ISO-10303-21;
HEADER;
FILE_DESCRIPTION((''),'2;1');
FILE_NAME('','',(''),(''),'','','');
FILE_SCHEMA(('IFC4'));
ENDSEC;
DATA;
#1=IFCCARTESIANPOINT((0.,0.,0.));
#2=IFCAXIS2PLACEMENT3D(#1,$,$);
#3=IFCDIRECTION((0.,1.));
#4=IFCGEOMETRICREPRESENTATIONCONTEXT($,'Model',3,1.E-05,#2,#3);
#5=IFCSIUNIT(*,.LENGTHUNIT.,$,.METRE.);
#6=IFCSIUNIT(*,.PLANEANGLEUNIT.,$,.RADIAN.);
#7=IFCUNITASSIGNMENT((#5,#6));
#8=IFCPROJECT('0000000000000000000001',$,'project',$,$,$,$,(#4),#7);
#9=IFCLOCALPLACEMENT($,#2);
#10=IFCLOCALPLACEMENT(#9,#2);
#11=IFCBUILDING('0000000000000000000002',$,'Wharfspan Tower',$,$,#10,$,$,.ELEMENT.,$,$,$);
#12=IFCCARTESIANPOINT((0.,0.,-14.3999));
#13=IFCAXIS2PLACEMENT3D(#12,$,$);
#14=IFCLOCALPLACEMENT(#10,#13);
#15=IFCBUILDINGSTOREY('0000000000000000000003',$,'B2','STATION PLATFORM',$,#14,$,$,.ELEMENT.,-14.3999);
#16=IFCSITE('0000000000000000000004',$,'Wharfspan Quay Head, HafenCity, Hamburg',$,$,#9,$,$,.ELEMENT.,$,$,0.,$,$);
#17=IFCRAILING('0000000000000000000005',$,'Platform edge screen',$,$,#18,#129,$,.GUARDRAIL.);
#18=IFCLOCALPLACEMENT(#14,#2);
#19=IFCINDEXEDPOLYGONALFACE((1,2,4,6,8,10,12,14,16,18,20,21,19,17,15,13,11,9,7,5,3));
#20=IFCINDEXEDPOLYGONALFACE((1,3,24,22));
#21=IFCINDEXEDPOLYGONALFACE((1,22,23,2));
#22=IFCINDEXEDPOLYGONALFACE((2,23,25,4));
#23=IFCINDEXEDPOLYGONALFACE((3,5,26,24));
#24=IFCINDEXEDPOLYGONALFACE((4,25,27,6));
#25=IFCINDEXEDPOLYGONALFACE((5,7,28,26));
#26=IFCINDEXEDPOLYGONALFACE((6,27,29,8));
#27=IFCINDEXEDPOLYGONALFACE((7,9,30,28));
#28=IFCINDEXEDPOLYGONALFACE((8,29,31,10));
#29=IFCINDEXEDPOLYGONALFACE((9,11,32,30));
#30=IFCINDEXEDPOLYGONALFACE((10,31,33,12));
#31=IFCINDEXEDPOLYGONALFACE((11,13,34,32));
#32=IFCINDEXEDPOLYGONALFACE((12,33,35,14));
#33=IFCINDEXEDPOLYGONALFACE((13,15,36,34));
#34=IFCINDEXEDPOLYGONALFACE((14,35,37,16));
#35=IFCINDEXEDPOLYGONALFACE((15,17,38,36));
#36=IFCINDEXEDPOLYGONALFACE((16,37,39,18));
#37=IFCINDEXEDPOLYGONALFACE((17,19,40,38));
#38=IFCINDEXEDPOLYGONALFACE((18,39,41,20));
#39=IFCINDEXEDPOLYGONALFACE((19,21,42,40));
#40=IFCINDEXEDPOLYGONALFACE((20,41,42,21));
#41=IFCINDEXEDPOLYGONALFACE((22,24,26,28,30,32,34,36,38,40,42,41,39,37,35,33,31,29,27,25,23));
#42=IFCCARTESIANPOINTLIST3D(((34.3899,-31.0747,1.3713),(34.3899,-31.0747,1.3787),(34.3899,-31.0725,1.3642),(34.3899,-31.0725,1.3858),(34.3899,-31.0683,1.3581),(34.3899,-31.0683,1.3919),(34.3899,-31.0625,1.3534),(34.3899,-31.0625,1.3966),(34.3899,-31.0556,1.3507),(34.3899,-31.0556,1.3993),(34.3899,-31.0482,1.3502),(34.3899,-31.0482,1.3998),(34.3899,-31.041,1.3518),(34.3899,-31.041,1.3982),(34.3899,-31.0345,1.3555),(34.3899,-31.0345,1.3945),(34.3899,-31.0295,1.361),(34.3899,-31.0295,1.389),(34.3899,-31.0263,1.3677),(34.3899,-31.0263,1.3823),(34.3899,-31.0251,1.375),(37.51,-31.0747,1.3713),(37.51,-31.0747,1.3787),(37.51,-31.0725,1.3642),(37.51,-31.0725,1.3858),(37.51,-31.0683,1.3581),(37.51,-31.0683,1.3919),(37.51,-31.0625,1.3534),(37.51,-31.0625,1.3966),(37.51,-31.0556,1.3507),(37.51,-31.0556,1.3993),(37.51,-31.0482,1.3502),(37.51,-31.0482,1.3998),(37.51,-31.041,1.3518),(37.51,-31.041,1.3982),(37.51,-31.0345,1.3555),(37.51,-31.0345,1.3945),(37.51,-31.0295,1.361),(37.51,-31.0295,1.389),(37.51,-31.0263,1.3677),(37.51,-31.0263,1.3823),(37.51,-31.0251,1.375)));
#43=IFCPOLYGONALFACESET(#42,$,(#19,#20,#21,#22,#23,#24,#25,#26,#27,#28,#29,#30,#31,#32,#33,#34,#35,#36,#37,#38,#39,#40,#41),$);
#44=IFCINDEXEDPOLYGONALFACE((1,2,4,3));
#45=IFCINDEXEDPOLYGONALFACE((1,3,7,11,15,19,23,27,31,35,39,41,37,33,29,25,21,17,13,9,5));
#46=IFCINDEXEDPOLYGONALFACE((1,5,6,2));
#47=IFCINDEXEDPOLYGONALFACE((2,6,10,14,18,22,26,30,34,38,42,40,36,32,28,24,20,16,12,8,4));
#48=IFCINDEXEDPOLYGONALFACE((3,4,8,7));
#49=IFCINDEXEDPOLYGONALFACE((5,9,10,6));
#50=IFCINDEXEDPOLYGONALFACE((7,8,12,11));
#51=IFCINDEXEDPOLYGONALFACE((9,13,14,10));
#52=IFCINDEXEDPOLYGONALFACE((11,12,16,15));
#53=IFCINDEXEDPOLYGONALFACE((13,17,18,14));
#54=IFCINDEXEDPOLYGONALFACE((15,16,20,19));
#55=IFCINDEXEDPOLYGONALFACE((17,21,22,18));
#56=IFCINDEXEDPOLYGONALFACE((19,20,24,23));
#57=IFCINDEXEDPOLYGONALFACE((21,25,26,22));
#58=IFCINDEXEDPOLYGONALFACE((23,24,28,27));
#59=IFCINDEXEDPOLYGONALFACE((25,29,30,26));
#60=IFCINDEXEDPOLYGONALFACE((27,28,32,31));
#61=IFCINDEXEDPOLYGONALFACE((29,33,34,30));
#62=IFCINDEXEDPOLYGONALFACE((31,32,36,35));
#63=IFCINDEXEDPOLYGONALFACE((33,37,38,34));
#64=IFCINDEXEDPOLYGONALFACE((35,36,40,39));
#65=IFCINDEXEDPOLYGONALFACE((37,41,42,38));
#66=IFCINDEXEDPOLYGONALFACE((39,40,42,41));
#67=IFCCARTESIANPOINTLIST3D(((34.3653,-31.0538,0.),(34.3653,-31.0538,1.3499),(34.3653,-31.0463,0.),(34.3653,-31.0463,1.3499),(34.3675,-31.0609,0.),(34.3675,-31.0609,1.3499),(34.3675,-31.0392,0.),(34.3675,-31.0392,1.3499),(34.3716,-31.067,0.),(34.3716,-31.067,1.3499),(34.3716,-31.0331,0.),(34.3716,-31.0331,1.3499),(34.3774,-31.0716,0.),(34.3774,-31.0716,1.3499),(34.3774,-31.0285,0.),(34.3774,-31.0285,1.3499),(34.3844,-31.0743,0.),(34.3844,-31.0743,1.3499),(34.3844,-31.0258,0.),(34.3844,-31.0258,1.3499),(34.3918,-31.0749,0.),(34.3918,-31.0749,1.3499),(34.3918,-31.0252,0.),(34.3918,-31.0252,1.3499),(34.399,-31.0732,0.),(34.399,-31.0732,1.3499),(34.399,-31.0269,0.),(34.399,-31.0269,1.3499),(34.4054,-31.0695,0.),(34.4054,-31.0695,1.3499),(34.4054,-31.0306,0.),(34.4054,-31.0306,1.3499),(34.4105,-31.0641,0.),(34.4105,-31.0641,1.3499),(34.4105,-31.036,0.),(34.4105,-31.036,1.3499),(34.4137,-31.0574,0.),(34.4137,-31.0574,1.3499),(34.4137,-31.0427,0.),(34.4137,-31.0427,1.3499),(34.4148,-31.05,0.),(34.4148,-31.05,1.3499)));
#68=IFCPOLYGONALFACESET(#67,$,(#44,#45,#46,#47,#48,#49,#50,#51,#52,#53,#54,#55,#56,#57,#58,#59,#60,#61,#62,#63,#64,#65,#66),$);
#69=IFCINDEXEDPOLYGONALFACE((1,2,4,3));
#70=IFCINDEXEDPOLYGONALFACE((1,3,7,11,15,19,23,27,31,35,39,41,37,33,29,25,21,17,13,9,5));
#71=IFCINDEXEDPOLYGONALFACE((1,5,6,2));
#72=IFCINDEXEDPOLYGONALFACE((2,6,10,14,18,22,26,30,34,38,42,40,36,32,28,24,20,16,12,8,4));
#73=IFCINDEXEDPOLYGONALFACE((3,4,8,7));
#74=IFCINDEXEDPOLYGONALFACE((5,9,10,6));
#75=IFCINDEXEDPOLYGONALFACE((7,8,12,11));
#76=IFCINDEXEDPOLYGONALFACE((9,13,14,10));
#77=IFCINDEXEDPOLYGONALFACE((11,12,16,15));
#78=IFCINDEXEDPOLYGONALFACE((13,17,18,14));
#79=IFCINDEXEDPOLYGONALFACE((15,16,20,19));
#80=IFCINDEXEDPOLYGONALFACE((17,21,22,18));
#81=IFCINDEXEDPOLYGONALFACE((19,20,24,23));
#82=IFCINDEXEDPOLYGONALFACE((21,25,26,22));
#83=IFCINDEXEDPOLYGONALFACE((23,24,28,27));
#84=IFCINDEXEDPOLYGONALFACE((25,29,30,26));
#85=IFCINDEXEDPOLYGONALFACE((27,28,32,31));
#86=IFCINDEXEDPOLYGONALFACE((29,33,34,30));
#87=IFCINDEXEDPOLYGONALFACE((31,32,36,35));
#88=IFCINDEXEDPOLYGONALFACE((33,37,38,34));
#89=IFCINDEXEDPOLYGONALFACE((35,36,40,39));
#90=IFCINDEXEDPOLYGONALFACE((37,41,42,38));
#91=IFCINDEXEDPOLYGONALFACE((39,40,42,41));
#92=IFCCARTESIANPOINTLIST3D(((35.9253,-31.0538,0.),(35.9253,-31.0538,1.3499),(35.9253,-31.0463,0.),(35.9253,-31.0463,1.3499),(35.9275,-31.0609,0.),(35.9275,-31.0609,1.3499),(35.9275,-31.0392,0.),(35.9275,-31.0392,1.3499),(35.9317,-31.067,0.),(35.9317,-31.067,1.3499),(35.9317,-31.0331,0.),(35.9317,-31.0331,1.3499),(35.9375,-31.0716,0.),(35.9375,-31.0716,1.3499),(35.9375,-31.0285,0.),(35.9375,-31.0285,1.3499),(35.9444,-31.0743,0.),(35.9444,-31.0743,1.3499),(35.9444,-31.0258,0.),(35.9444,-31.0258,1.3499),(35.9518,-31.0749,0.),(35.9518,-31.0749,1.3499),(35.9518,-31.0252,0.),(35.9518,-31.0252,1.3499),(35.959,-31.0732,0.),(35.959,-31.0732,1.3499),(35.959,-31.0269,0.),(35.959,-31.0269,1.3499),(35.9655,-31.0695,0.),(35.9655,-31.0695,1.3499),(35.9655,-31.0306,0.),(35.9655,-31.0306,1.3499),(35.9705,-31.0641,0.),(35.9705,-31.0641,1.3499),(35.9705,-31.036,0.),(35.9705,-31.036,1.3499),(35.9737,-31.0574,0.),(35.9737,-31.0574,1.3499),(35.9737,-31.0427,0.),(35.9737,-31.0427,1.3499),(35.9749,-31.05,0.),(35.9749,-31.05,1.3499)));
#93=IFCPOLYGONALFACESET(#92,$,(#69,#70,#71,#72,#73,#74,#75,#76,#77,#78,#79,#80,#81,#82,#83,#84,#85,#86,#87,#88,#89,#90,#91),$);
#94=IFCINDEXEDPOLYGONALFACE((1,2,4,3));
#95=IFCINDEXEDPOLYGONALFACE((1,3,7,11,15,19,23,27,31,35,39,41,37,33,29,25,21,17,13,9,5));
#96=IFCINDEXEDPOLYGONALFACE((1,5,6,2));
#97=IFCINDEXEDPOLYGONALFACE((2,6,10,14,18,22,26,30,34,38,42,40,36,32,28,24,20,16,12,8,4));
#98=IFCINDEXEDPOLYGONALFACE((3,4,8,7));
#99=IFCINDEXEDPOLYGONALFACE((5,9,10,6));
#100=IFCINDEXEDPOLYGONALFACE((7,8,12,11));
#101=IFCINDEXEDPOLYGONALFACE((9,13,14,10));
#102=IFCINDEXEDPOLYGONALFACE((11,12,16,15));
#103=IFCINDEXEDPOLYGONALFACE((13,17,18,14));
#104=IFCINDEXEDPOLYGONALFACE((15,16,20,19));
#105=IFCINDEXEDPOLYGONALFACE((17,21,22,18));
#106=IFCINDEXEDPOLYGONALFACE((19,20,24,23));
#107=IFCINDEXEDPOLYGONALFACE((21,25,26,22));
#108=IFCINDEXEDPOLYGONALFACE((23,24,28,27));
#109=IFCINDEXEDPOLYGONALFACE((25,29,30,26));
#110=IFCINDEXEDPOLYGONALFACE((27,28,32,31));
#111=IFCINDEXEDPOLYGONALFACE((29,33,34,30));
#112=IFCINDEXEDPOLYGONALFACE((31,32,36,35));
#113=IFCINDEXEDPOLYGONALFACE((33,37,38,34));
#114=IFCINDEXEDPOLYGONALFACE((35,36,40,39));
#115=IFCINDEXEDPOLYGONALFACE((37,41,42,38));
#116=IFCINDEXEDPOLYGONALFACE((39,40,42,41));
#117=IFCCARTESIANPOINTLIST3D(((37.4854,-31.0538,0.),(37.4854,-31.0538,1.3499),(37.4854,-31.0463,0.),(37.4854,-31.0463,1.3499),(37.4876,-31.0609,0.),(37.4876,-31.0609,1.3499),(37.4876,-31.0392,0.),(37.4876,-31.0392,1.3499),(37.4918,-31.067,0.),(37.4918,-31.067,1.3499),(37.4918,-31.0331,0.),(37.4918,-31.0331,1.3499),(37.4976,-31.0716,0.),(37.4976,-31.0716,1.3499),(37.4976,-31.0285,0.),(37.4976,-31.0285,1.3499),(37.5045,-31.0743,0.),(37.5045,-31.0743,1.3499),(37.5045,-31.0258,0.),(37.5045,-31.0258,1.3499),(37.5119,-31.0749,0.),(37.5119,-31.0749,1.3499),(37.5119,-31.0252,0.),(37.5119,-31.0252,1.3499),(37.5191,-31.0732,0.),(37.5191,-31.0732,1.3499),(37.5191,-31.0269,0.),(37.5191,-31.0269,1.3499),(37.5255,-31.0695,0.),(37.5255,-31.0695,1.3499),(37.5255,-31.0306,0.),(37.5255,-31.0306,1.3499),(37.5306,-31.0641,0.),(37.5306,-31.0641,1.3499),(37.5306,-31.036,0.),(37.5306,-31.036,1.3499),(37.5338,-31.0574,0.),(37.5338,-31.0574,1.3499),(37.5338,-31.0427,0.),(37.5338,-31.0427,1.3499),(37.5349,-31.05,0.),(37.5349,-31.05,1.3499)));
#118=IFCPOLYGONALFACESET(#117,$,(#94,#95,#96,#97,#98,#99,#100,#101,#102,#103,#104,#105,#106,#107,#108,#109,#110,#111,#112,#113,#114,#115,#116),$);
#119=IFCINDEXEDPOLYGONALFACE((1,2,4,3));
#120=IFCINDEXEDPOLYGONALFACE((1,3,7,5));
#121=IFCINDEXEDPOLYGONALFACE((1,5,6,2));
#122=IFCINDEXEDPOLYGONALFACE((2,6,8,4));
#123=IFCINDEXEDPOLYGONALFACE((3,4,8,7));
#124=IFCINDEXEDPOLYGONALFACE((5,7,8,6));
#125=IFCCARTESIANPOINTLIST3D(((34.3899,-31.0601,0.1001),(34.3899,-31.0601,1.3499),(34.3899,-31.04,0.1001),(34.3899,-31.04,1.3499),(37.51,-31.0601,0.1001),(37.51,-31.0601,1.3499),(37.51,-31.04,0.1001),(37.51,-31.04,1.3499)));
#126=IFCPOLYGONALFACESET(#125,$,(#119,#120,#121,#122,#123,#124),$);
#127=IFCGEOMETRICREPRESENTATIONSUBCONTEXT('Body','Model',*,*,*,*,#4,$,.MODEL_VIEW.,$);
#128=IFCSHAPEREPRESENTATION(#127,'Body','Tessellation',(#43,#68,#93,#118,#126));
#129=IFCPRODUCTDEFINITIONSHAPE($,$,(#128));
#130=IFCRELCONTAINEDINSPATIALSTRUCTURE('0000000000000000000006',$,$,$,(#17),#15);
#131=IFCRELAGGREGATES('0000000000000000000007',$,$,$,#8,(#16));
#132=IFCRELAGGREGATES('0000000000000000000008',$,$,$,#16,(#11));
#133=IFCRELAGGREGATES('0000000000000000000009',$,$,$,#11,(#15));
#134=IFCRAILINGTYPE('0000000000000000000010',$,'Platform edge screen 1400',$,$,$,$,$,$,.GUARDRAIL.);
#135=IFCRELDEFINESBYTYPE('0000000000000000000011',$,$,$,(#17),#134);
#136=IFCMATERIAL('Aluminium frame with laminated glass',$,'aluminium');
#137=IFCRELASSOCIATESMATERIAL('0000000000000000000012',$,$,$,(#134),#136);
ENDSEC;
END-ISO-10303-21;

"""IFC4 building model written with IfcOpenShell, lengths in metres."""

from ifc_helpers import new_model, si_unit, direction, frame, origin, origin_2d, place, context, subcontext, project, spatial, rectangle, circle, extrude, material, type_object, element, save


model = new_model("IFC4")

# Units and contexts
model_context = context("Model", 3, precision=1e-05, world=origin(), true_north=direction((0.0, 1.0)))
body_context = subcontext(model_context, "Body", "Model", "MODEL_VIEW")
ifc_project = project(units=[si_unit("LENGTHUNIT", "METRE"), si_unit("PLANEANGLEUNIT", "RADIAN")], contexts=[model_context])

# Site, building, storey
site_placement = place(None, origin())
site = spatial("IfcSite", under=ifc_project, at=site_placement, Name="Wharfspan Quay Head, HafenCity, Hamburg", CompositionType="ELEMENT", RefElevation=0.0)
building_placement = place(site_placement, origin())
building = spatial("IfcBuilding", under=site, at=building_placement, Name="Wharfspan Tower", CompositionType="ELEMENT")
storey_placement = place(building_placement, frame((0.0, 0.0, -14.3999)))
storey = spatial("IfcBuildingStorey", under=building, at=storey_placement, Name="B2", Description="STATION PLATFORM", CompositionType="ELEMENT", Elevation=-14.3999)

# Railing
ifc_material_1 = material(Name="Aluminium frame with laminated glass", Category="aluminium")
railing_type_1 = type_object("IfcRailingType", Name="Platform edge screen 1400", PredefinedType="GUARDRAIL", material=ifc_material_1)
for number, where, name in (
    (1, (34.3899, -31.05, 0.0), "Platform edge screen"),
):
    element("IfcRailing", number, at=place(storey_placement, frame(where)), inside=storey, type_object=railing_type_1, Name=name, PredefinedType="GUARDRAIL", context=body_context, shape_type="SweptSolid", body=[
        extrude(circle(Radius=0.0249, at=origin_2d()), frame((0.0, 0.0, 1.375), z_axis=(1.0, 0.0, 0.0), x_axis=(0.0, 1.0, 0.0)), (0.0, 0.0, 1.0), 3.1201),
        extrude(circle(Radius=0.0249, at=origin_2d()), origin(), (0.0, 0.0, 1.0), 1.3499),
        extrude(circle(Radius=0.0249, at=origin_2d()), frame((1.5601, 0.0, 0.0)), (0.0, 0.0, 1.0), 1.3499),
        extrude(circle(Radius=0.0249, at=origin_2d()), frame((3.1201, 0.0, 0.0)), (0.0, 0.0, 1.0), 1.3499),
        extrude(rectangle(XDim=3.1201, YDim=0.02, at=origin_2d()), frame((1.5601, 0.0, 0.1001), z_axis=(0.0, 0.0, 1.0), x_axis=(1.0, 0.0, 0.0)), (0.0, 0.0, 1.0), 1.2498),
    ])

save(model, "model.ifc")
